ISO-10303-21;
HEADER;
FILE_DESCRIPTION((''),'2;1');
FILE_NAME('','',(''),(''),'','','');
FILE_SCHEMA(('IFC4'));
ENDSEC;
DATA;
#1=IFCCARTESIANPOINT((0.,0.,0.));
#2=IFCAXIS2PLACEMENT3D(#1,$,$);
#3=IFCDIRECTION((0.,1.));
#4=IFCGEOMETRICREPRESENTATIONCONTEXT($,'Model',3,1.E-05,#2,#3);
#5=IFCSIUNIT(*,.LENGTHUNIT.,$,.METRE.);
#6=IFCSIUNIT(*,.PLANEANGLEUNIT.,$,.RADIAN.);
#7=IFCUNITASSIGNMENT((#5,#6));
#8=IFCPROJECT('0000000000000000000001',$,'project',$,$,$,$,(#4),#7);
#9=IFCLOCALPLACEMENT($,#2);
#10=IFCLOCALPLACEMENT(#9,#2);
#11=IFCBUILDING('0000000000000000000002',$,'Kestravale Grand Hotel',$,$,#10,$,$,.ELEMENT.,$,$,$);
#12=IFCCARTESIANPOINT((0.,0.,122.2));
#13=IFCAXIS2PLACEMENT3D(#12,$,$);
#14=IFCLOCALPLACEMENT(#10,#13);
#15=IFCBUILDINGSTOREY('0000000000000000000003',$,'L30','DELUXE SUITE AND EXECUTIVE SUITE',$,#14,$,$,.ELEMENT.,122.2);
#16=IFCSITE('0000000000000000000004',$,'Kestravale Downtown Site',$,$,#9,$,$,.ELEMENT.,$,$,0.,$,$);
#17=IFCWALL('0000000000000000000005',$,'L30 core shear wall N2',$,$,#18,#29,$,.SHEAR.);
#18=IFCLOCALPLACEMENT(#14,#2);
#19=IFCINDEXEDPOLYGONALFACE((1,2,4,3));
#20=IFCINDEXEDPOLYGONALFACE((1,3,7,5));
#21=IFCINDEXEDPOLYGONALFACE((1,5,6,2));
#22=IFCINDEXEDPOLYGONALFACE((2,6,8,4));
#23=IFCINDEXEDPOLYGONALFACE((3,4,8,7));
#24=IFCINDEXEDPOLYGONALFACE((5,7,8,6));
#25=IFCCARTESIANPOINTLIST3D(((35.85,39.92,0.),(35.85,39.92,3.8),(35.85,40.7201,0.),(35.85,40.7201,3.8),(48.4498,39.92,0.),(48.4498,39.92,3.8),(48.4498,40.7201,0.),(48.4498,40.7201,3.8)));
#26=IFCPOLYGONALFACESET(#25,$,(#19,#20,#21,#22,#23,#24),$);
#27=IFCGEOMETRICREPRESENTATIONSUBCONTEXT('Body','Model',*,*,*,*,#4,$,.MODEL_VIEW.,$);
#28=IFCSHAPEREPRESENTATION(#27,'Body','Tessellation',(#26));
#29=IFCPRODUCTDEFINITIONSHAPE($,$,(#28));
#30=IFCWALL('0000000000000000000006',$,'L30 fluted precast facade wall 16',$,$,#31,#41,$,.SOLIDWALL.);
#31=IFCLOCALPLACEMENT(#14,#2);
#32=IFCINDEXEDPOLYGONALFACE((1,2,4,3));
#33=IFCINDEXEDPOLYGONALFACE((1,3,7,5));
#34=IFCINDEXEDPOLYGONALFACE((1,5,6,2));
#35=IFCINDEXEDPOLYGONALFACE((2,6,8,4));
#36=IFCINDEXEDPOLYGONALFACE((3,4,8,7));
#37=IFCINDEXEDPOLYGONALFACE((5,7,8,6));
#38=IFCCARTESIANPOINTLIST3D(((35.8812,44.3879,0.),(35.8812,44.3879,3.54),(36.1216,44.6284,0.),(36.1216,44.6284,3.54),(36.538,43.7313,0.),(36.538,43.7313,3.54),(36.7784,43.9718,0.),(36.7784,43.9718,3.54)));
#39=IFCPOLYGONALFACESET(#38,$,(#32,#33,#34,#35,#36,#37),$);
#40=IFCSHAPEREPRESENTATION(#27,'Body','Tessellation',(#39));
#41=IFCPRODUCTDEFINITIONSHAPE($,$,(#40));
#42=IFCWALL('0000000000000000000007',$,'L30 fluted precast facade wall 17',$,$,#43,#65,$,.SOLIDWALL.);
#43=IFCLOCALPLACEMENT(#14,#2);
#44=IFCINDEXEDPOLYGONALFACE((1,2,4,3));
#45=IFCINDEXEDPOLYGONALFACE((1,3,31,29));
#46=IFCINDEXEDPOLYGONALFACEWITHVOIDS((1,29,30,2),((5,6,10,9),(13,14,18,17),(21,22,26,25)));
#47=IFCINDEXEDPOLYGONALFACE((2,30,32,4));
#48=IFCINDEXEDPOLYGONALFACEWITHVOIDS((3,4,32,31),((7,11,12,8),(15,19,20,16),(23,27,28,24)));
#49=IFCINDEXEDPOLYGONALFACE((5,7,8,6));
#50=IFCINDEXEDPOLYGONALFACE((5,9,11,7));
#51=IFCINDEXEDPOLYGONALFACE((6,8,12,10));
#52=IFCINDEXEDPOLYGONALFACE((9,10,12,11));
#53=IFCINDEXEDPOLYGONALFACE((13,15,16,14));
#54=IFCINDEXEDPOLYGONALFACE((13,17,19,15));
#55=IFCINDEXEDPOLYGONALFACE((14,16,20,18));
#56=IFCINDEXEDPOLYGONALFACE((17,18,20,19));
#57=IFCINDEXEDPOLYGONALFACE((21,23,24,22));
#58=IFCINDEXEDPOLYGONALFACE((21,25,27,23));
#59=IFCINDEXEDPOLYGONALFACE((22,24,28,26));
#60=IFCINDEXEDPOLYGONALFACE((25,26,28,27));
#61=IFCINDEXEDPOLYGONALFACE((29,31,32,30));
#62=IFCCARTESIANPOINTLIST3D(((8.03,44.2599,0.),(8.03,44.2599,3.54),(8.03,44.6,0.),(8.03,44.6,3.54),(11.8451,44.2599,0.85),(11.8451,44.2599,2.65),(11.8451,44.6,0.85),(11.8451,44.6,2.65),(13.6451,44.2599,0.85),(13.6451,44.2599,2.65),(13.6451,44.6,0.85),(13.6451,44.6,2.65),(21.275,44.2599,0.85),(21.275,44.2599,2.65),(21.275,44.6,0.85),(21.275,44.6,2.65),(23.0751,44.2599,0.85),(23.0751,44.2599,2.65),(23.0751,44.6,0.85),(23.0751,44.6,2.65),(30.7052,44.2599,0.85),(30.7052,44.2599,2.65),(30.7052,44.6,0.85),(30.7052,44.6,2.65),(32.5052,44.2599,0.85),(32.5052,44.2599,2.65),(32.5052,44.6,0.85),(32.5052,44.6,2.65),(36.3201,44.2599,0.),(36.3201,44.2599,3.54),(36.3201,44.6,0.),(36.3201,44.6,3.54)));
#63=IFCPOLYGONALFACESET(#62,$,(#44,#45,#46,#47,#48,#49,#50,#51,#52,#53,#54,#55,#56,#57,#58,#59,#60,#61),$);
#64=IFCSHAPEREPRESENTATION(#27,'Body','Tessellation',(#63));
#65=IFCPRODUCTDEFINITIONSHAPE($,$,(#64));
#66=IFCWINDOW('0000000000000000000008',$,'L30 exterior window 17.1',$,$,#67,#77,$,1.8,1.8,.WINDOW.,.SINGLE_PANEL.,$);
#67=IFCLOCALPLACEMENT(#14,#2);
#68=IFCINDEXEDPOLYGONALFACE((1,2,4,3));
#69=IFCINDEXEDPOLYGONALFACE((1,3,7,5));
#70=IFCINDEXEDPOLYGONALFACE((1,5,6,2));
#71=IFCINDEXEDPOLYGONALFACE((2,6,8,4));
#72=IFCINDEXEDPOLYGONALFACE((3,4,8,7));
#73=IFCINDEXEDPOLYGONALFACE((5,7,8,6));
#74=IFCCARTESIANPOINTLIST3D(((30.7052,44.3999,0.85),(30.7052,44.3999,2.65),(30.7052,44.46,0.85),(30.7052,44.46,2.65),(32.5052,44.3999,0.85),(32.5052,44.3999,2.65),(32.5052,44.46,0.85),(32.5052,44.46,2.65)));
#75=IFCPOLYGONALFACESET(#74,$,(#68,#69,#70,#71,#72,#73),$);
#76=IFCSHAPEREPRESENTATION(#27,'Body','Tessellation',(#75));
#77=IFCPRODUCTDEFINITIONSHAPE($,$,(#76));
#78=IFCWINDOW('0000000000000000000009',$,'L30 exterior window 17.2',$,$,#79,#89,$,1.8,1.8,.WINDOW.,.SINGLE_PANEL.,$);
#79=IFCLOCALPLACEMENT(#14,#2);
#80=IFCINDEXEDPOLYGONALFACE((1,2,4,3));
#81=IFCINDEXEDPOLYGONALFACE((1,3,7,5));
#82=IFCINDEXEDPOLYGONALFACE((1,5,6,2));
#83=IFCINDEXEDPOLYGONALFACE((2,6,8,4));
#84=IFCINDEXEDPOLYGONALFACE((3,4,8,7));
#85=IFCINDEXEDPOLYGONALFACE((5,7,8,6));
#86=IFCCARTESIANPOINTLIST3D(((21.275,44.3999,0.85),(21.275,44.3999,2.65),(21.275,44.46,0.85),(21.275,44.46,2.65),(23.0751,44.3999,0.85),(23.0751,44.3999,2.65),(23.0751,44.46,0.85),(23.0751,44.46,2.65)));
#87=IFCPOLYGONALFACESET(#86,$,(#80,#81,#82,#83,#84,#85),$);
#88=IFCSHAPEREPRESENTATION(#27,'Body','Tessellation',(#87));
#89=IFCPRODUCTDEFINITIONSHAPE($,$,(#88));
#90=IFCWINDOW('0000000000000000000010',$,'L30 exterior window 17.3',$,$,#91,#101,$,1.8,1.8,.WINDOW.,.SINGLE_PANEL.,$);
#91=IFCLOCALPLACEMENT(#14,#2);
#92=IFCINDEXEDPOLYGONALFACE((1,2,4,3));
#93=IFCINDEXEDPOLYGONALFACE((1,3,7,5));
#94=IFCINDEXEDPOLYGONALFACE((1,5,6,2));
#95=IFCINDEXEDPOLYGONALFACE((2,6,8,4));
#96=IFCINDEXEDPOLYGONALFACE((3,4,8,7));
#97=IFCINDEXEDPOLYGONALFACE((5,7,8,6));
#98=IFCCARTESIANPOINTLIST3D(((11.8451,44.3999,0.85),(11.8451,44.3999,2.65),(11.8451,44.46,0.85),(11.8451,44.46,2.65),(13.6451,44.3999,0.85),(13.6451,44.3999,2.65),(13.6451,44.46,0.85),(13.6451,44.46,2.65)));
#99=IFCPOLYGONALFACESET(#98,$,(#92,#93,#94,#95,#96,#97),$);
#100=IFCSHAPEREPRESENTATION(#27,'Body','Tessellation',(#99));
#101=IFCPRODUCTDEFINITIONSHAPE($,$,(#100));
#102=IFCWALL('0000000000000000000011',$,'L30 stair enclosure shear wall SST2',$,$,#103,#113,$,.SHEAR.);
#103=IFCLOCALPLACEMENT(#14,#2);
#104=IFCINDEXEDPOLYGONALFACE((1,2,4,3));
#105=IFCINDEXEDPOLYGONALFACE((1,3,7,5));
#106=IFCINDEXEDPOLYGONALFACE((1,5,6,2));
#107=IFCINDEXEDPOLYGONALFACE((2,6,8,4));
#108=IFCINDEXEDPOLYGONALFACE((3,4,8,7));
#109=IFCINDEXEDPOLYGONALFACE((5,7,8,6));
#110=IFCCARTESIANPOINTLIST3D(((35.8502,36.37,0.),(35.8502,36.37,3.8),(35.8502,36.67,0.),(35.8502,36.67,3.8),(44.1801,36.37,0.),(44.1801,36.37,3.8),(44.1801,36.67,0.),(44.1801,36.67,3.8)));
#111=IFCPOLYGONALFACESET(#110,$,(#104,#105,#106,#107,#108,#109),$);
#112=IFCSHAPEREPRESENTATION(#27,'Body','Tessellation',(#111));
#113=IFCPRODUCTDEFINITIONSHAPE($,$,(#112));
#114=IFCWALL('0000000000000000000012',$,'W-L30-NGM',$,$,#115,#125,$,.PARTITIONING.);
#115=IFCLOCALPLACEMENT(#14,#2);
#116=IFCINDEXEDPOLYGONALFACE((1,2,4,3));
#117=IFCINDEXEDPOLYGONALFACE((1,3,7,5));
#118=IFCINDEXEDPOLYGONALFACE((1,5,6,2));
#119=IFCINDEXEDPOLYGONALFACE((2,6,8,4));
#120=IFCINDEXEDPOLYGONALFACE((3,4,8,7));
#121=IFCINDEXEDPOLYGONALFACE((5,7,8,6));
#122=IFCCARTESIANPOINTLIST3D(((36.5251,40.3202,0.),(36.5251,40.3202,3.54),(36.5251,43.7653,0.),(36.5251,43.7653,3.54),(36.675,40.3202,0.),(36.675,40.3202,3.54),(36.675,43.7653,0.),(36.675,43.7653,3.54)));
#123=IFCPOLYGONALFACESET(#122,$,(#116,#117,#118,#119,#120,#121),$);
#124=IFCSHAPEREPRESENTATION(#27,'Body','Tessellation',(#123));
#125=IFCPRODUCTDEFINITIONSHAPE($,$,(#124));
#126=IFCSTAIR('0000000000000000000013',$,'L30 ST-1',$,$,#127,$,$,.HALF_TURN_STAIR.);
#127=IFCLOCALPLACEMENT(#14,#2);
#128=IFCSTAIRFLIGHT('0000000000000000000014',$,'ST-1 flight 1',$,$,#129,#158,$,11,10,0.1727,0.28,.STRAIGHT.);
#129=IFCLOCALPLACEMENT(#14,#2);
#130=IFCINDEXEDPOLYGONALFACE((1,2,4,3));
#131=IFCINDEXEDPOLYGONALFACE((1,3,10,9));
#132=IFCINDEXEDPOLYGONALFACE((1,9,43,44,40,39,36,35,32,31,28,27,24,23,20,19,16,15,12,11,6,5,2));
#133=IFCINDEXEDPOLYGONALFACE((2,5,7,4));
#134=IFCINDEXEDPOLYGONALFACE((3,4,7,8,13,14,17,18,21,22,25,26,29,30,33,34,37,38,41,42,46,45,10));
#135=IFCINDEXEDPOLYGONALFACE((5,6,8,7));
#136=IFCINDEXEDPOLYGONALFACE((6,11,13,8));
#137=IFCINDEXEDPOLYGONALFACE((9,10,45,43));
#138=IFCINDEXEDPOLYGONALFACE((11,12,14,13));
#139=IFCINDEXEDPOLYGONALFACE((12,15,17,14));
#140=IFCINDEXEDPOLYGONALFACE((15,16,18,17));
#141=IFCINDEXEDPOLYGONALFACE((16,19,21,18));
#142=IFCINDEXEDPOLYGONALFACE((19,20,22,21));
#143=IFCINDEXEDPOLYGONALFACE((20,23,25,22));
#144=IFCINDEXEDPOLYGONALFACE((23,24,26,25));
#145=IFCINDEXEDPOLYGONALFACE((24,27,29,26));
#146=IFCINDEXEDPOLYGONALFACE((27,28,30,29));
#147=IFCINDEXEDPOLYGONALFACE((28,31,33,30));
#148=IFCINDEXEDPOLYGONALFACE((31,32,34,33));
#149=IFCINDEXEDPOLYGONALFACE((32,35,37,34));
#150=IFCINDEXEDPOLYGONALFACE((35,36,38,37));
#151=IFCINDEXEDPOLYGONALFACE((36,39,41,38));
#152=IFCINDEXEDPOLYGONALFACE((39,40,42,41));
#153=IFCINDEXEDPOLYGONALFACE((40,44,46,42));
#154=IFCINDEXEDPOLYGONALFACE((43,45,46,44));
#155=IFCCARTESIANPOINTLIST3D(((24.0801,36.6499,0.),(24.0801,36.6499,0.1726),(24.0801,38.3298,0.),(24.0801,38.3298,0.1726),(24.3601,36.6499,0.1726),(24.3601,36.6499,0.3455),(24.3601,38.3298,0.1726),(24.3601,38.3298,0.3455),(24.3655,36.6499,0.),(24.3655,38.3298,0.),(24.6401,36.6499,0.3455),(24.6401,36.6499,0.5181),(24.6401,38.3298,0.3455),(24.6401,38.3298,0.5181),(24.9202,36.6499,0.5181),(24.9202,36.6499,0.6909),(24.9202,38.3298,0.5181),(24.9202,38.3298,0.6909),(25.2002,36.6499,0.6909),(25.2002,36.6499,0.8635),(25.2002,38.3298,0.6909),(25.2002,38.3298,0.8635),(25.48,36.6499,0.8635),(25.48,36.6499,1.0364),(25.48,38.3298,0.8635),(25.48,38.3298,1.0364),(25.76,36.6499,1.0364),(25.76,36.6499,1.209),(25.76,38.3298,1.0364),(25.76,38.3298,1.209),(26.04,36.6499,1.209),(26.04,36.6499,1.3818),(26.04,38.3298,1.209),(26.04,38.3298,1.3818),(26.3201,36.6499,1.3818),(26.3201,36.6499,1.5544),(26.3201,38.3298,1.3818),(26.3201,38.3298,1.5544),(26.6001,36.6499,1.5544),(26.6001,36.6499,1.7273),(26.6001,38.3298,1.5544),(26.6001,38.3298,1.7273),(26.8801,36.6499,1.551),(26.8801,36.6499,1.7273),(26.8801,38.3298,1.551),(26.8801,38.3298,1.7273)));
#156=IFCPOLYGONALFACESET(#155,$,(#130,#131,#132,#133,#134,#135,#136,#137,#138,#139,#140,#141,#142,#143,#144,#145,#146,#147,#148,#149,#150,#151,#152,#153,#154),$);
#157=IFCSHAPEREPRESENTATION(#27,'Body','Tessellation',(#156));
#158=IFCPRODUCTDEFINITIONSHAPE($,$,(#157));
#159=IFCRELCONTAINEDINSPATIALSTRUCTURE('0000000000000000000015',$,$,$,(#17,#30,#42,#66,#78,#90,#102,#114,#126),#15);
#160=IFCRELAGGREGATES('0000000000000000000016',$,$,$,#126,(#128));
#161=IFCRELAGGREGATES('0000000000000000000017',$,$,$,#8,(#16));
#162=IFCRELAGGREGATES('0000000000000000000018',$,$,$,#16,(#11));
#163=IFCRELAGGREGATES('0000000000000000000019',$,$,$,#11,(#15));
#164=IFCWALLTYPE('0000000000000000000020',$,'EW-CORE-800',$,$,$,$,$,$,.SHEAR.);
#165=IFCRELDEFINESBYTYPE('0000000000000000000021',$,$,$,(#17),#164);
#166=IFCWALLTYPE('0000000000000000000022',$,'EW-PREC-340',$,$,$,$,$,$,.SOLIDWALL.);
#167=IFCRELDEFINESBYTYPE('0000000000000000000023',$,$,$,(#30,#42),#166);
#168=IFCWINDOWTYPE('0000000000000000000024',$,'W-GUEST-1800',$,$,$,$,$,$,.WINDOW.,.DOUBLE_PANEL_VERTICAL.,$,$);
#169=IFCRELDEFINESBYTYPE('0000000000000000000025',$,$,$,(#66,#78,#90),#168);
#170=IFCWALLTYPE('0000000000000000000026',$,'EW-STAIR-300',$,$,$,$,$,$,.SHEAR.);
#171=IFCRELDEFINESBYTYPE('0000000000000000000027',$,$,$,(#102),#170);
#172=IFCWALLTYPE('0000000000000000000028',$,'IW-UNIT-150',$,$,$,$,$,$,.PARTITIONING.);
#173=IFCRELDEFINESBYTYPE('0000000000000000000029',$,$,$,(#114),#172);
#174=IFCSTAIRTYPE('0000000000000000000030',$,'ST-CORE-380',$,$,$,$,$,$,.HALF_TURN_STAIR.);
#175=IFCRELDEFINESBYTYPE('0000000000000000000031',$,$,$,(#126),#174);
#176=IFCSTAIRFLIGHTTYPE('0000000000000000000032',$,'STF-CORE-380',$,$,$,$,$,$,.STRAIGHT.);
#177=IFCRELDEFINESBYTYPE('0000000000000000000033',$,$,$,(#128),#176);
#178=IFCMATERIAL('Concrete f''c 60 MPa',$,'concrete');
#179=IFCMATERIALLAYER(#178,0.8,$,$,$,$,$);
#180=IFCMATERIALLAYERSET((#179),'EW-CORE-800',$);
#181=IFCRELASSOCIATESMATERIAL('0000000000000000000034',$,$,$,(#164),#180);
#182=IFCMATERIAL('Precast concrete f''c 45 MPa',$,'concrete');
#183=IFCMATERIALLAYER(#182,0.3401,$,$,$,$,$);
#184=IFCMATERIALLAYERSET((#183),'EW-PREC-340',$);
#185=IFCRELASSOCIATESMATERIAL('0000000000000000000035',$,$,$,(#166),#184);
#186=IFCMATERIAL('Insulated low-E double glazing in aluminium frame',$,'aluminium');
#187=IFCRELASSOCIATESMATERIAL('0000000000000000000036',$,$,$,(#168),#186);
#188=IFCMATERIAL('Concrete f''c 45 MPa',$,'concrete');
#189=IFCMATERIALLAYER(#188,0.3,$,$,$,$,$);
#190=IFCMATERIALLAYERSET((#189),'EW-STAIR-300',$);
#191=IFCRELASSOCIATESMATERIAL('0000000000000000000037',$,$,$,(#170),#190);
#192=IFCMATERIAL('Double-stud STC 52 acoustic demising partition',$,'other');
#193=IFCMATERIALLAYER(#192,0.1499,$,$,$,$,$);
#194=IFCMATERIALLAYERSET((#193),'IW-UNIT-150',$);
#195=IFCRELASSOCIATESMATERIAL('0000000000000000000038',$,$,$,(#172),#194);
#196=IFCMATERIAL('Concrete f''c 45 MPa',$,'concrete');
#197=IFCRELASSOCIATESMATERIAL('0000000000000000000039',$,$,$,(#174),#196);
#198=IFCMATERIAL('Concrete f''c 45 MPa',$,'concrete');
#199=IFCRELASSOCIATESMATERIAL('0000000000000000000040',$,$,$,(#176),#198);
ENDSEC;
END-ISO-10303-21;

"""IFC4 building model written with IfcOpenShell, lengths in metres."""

from ifc_helpers import new_model, si_unit, direction, frame, frame_2d, origin, place, context, subcontext, project, spatial, polyline, rectangle, outline, extrude, material, layer, layer_set, type_object, element, fill, aggregate, save


model = new_model("IFC4")

# Units and contexts
model_context = context("Model", 3, precision=1e-05, world=origin(), true_north=direction((0.0, 1.0)))
body_context = subcontext(model_context, "Body", "Model", "MODEL_VIEW")
ifc_project = project(units=[si_unit("LENGTHUNIT", "METRE"), si_unit("PLANEANGLEUNIT", "RADIAN")], contexts=[model_context])

# Site, building, storey
site_placement = place(None, origin())
site = spatial("IfcSite", under=ifc_project, at=site_placement, Name="Kestravale Downtown Site", CompositionType="ELEMENT", RefElevation=0.0)
building_placement = place(site_placement, origin())
building = spatial("IfcBuilding", under=site, at=building_placement, Name="Kestravale Grand Hotel", CompositionType="ELEMENT")
storey_placement = place(building_placement, frame((0.0, 0.0, 122.2)))
storey = spatial("IfcBuildingStorey", under=building, at=storey_placement, Name="L30", Description="DELUXE SUITE AND EXECUTIVE SUITE", CompositionType="ELEMENT", Elevation=122.2)

# Wall
ifc_material_1 = material(Name="Concrete f'c 60 MPa", Category="concrete")
ifc_layer_1 = layer(ifc_material_1, 0.8)
ifc_layer_set_1 = layer_set([ifc_layer_1], Name="EW-CORE-800")
wall_type_1 = type_object("IfcWallType", Name="EW-CORE-800", PredefinedType="SHEAR", material=ifc_layer_set_1)
wall_1_placement = place(storey_placement, frame((35.8501, 40.3201, 0.0), z_axis=(0.0, 0.0, 1.0), x_axis=(1.0, 0.0, 0.0)))
element("IfcWall", 1, at=wall_1_placement, inside=storey, type_object=wall_type_1, Name="L30 core shear wall N2", PredefinedType="SHEAR", context=body_context, shape_type="SweptSolid", body=[
    extrude(rectangle(XDim=12.5999, YDim=0.8, at=frame_2d((6.2998, 0.0))), origin(), (0.0, 0.0, 1.0), 3.8),
])

# Wall
ifc_material_2 = material(Name="Precast concrete f'c 45 MPa", Category="concrete")
ifc_layer_2 = layer(ifc_material_2, 0.3401)
ifc_layer_set_2 = layer_set([ifc_layer_2], Name="EW-PREC-340")
wall_type_2 = type_object("IfcWallType", Name="EW-PREC-340", PredefinedType="SOLIDWALL", material=ifc_layer_set_2)
wall_2_placement = place(storey_placement, frame((36.6582, 43.8516, 0.0), z_axis=(0.0, 0.0, 1.0), x_axis=(-0.707238, 0.706975, 0.0)))
element("IfcWall", 2, at=wall_2_placement, inside=storey, type_object=wall_type_2, Name="L30 fluted precast facade wall 16", PredefinedType="SOLIDWALL", context=body_context, shape_type="SweptSolid", body=[
    extrude(rectangle(XDim=0.9287, YDim=0.3401, at=frame_2d((0.4644, 0.0))), origin(), (0.0, 0.0, 1.0), 3.54),
])

# Wall, openings, windows
wall_3_placement = place(storey_placement, frame((36.3201, 44.4299, 0.0), z_axis=(0.0, 0.0, 1.0), x_axis=(-1.0, 0.0, 0.0)))
wall_3 = element("IfcWall", 3, at=wall_3_placement, inside=storey, type_object=wall_type_2, Name="L30 fluted precast facade wall 17", PredefinedType="SOLIDWALL", context=body_context, shape_type="SweptSolid", body=[
    extrude(rectangle(XDim=28.29, YDim=0.3401, at=frame_2d((14.145, 0.0))), origin(), (0.0, 0.0, 1.0), 3.54),
])
opening_1_placement = place(wall_3_placement, frame((3.8149, 0.0, 0.8501)))
opening_1 = element("IfcOpeningElement", 4, at=opening_1_placement, cuts=wall_3, PredefinedType="OPENING", context=body_context, shape_type="SweptSolid", body=[
    extrude(rectangle(XDim=1.8, YDim=1.8, at=frame_2d((0.8999, 0.8999))), frame((0.0, 0.1799, 0.0), z_axis=(0.0, -1.0, 0.0), x_axis=(1.0, 0.0, 0.0)), (0.0, 0.0, 1.0), 0.3601),
])
opening_2_placement = place(wall_3_placement, frame((13.2451, 0.0, 0.8501)))
opening_2 = element("IfcOpeningElement", 5, at=opening_2_placement, cuts=wall_3, PredefinedType="OPENING", context=body_context, shape_type="SweptSolid", body=[
    extrude(rectangle(XDim=1.8, YDim=1.8, at=frame_2d((0.8999, 0.8999))), frame((0.0, 0.1799, 0.0), z_axis=(0.0, -1.0, 0.0), x_axis=(1.0, 0.0, 0.0)), (0.0, 0.0, 1.0), 0.3601),
])
opening_3_placement = place(wall_3_placement, frame((22.675, 0.0, 0.8501)))
opening_3 = element("IfcOpeningElement", 6, at=opening_3_placement, cuts=wall_3, PredefinedType="OPENING", context=body_context, shape_type="SweptSolid", body=[
    extrude(rectangle(XDim=1.8, YDim=1.8, at=frame_2d((0.8999, 0.8999))), frame((0.0, 0.1799, 0.0), z_axis=(0.0, -1.0, 0.0), x_axis=(1.0, 0.0, 0.0)), (0.0, 0.0, 1.0), 0.3601),
])
ifc_material_3 = material(Name="Insulated low-E double glazing in aluminium frame", Category="aluminium")
window_type = type_object("IfcWindowType", Name="W-GUEST-1800", PartitioningType="DOUBLE_PANEL_VERTICAL", PredefinedType="WINDOW", material=ifc_material_3)
window_1_placement = place(opening_1_placement, origin())
window_1 = element("IfcWindow", 7, at=window_1_placement, inside=storey, type_object=window_type, Name="L30 exterior window 17.1", OverallHeight=1.8, OverallWidth=1.8, PartitioningType="SINGLE_PANEL", PredefinedType="WINDOW", context=body_context, shape_type="SweptSolid", body=[
    extrude(rectangle(XDim=1.8, YDim=1.8, at=frame_2d((0.8999, 0.8999))), frame((0.0, 0.03, 0.0), z_axis=(0.0, -1.0, 0.0), x_axis=(1.0, 0.0, 0.0)), (0.0, 0.0, 1.0), 0.0601),
])
fill(opening_1, window_1)
window_2_placement = place(opening_2_placement, origin())
window_2 = element("IfcWindow", 8, at=window_2_placement, inside=storey, type_object=window_type, Name="L30 exterior window 17.2", OverallHeight=1.8, OverallWidth=1.8, PartitioningType="SINGLE_PANEL", PredefinedType="WINDOW", context=body_context, shape_type="SweptSolid", body=[
    extrude(rectangle(XDim=1.8, YDim=1.8, at=frame_2d((0.8999, 0.8999))), frame((0.0, 0.03, 0.0), z_axis=(0.0, -1.0, 0.0), x_axis=(1.0, 0.0, 0.0)), (0.0, 0.0, 1.0), 0.0601),
])
fill(opening_2, window_2)
window_3_placement = place(opening_3_placement, origin())
window_3 = element("IfcWindow", 9, at=window_3_placement, inside=storey, type_object=window_type, Name="L30 exterior window 17.3", OverallHeight=1.8, OverallWidth=1.8, PartitioningType="SINGLE_PANEL", PredefinedType="WINDOW", context=body_context, shape_type="SweptSolid", body=[
    extrude(rectangle(XDim=1.8, YDim=1.8, at=frame_2d((0.8999, 0.8999))), frame((0.0, 0.03, 0.0), z_axis=(0.0, -1.0, 0.0), x_axis=(1.0, 0.0, 0.0)), (0.0, 0.0, 1.0), 0.0601),
])
fill(opening_3, window_3)

# Wall
ifc_material_4 = material(Name="Concrete f'c 45 MPa", Category="concrete")
ifc_layer_3 = layer(ifc_material_4, 0.3)
ifc_layer_set_3 = layer_set([ifc_layer_3], Name="EW-STAIR-300")
wall_type_3 = type_object("IfcWallType", Name="EW-STAIR-300", PredefinedType="SHEAR", material=ifc_layer_set_3)
wall_4_placement = place(storey_placement, frame((35.8501, 36.52, 0.0), z_axis=(0.0, 0.0, 1.0), x_axis=(1.0, 0.0, 0.0)))
element("IfcWall", 10, at=wall_4_placement, inside=storey, type_object=wall_type_3, Name="L30 stair enclosure shear wall SST2", PredefinedType="SHEAR", context=body_context, shape_type="SweptSolid", body=[
    extrude(rectangle(XDim=8.3298, YDim=0.3, at=frame_2d((4.165, 0.0))), origin(), (0.0, 0.0, 1.0), 3.8),
])

# Wall
ifc_material_5 = material(Name="Double-stud STC 52 acoustic demising partition", Category="other")
ifc_layer_4 = layer(ifc_material_5, 0.1499)
ifc_layer_set_4 = layer_set([ifc_layer_4], Name="IW-UNIT-150")
wall_type_4 = type_object("IfcWallType", Name="IW-UNIT-150", PredefinedType="PARTITIONING", material=ifc_layer_set_4)
wall_5_placement = place(storey_placement, frame((36.6001, 40.3201, 0.0), z_axis=(0.0, 0.0, 1.0), x_axis=(0.0, 1.0, 0.0)))
element("IfcWall", 11, at=wall_5_placement, inside=storey, type_object=wall_type_4, Name="W-L30-NGM", PredefinedType="PARTITIONING", context=body_context, shape_type="SweptSolid", body=[
    extrude(rectangle(XDim=3.4451, YDim=0.1499, at=frame_2d((1.7227, 0.0))), origin(), (0.0, 0.0, 1.0), 3.54),
])

# Stair, stair flight
ifc_material_6 = material(Name="Concrete f'c 45 MPa", Category="concrete")
stair_type = type_object("IfcStairType", Name="ST-CORE-380", PredefinedType="HALF_TURN_STAIR", material=ifc_material_6)
stair_placement = place(storey_placement, origin())
stair = element("IfcStair", 12, at=stair_placement, inside=storey, type_object=stair_type, Name="L30 ST-1", PredefinedType="HALF_TURN_STAIR")
ifc_material_7 = material(Name="Concrete f'c 45 MPa", Category="concrete")
stair_flight_type = type_object("IfcStairFlightType", Name="STF-CORE-380", PredefinedType="STRAIGHT", material=ifc_material_7)
stair_flight_1_placement = place(storey_placement, frame((24.0801, 37.49, 0.0), z_axis=(0.0, 0.0, 1.0), x_axis=(1.0, 0.0, 0.0)))
stair_flight_1 = element("IfcStairFlight", 13, at=stair_flight_1_placement, type_object=stair_flight_type, Name="ST-1 flight 1", NumberOfRisers=11, NumberOfTreads=10, PredefinedType="STRAIGHT", RiserHeight=0.1727, TreadLength=0.28, context=body_context, shape_type="SweptSolid", body=[
    extrude(outline(polyline([(0.0, 0.0), (0.0, 0.1726), (0.28, 0.1726), (0.28, 0.3455), (0.5601, 0.3455), (0.5601, 0.5181), (0.8401, 0.5181), (0.8401, 0.6909), (1.1201, 0.6909), (1.1201, 0.8635), (1.3999, 0.8635), (1.3999, 1.0364), (1.6799, 1.0364), (1.6799, 1.209), (1.96, 1.209), (1.96, 1.3818), (2.24, 1.3818), (2.24, 1.5544), (2.52, 1.5544), (2.52, 1.7273), (2.8, 1.7273), (2.8, 1.8999), (2.8, 1.551), (0.2854, 0.0), (0.0, 0.0)])), frame((0.0, 0.8398, 0.0), z_axis=(0.0, -1.0, 0.0), x_axis=(1.0, 0.0, 0.0)), (0.0, 0.0, 1.0), 1.6799),
])
aggregate(stair, [stair_flight_1])

save(model, "model.ifc")
